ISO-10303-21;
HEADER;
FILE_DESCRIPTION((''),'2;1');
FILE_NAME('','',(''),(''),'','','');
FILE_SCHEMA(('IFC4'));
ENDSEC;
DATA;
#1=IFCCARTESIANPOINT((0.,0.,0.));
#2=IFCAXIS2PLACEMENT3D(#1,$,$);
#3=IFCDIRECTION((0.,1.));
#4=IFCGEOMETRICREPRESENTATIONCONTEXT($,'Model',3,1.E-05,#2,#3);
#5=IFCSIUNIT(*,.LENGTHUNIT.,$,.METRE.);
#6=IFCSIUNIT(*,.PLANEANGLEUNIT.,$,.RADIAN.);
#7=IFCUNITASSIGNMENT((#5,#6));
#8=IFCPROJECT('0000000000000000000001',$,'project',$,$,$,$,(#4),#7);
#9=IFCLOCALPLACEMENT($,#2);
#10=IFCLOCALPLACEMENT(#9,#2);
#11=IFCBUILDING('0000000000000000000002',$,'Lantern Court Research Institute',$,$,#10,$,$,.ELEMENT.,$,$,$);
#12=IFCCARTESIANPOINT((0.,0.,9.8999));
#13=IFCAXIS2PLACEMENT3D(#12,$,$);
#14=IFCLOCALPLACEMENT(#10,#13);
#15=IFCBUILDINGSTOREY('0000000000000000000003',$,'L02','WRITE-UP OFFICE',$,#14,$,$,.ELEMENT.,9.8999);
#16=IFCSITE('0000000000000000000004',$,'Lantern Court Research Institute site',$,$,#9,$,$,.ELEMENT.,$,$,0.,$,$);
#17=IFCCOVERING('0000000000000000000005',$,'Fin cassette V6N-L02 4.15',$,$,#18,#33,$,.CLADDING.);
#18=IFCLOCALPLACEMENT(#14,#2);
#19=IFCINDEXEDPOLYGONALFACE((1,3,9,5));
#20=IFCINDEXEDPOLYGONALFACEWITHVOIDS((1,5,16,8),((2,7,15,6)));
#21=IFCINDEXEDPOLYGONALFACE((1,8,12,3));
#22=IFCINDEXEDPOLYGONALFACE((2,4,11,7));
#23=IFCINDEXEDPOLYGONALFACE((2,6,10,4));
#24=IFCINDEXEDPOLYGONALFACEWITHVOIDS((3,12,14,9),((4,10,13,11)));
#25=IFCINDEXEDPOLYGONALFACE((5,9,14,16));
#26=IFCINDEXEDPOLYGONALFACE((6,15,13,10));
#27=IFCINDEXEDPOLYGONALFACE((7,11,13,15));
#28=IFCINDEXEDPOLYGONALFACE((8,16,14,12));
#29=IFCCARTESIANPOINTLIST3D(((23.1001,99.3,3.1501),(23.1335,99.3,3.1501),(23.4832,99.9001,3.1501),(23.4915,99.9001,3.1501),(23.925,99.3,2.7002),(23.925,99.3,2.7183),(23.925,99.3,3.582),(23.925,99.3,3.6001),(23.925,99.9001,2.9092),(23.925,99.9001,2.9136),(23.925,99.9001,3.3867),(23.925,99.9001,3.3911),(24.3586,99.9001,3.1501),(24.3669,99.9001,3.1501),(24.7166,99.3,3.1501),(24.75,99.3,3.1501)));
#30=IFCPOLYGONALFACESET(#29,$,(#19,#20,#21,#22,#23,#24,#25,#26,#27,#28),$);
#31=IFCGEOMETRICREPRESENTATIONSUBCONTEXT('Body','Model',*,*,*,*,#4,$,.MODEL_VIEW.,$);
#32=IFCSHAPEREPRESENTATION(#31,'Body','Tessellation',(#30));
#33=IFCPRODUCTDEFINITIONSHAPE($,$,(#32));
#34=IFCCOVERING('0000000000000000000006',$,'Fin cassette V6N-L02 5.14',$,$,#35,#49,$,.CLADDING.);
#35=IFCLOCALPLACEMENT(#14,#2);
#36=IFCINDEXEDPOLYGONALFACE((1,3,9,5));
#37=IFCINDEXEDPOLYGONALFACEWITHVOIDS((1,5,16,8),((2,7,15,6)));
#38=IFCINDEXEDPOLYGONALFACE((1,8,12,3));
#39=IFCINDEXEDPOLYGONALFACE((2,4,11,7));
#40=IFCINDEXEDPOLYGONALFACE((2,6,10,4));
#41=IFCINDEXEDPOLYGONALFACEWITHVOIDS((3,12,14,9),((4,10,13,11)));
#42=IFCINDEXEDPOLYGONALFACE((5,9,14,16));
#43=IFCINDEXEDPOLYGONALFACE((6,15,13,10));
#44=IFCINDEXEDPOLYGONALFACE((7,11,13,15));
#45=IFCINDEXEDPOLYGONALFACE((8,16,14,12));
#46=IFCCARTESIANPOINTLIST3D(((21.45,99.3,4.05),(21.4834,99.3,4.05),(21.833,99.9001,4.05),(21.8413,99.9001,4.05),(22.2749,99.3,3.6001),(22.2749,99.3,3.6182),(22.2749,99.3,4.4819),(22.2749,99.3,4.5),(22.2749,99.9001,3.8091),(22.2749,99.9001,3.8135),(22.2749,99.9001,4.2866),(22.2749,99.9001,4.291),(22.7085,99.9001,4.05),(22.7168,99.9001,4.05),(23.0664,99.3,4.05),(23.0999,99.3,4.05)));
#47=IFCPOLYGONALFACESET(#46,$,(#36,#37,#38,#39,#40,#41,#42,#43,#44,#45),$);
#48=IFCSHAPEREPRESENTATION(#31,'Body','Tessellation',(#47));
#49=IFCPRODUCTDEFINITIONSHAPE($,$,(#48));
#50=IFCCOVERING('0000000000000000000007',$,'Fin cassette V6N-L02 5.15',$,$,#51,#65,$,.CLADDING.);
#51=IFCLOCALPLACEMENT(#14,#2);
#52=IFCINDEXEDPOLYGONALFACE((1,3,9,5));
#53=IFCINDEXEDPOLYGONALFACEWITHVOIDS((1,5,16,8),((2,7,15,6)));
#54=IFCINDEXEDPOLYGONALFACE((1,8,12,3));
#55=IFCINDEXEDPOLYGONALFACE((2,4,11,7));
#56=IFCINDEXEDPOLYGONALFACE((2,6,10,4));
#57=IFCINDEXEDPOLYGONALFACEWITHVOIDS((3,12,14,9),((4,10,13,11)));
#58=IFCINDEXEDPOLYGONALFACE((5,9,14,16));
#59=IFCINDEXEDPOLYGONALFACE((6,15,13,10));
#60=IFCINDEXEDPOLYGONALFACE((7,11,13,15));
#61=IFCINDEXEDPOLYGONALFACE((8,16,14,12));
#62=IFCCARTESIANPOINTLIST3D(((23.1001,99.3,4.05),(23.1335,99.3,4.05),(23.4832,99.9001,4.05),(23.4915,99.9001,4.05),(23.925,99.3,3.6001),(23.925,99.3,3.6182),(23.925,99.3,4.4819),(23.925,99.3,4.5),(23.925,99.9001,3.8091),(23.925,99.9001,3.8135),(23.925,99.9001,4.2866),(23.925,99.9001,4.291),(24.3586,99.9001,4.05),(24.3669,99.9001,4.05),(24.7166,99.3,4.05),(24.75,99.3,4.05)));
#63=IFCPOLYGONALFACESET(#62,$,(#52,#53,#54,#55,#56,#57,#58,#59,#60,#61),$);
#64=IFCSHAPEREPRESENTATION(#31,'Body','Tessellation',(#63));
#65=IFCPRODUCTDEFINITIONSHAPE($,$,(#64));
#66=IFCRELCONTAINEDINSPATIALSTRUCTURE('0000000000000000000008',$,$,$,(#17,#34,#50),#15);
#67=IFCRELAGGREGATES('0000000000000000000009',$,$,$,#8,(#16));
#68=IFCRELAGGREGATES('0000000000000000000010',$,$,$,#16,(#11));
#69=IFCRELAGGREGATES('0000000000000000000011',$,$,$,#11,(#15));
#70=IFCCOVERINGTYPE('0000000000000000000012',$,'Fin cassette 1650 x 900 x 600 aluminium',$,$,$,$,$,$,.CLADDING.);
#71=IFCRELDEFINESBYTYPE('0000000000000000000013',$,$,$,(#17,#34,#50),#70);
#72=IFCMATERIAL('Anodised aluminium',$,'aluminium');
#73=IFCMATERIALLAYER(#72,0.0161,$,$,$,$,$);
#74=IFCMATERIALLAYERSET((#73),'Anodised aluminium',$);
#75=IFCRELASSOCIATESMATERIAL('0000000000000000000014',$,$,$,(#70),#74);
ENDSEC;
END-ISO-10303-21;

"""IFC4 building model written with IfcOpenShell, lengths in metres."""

from ifc_helpers import new_model, entity, si_unit, direction, frame, origin, place, context, subcontext, project, spatial, material, layer, layer_set, type_object, element, save


model = new_model("IFC4")

# Units and contexts
model_context = context("Model", 3, precision=1e-05, world=origin(), true_north=direction((0.0, 1.0)))
body_context = subcontext(model_context, "Body", "Model", "MODEL_VIEW")
ifc_project = project(units=[si_unit("LENGTHUNIT", "METRE"), si_unit("PLANEANGLEUNIT", "RADIAN")], contexts=[model_context])

# Site, building, storey
site_placement = place(None, origin())
site = spatial("IfcSite", under=ifc_project, at=site_placement, Name="Lantern Court Research Institute site", CompositionType="ELEMENT", RefElevation=0.0)
building_placement = place(site_placement, origin())
building = spatial("IfcBuilding", under=site, at=building_placement, Name="Lantern Court Research Institute", CompositionType="ELEMENT")
storey_placement = place(building_placement, frame((0.0, 0.0, 9.8999)))
storey = spatial("IfcBuildingStorey", under=building, at=storey_placement, Name="L02", Description="WRITE-UP OFFICE", CompositionType="ELEMENT", Elevation=9.8999)

# Coverings
ifc_material_1 = material(Name="Anodised aluminium", Category="aluminium")
ifc_layer_1 = layer(ifc_material_1, 0.0161)
ifc_layer_set_1 = layer_set([ifc_layer_1], Name="Anodised aluminium")
covering_type_1 = type_object("IfcCoveringType", Name="Fin cassette 1650 x 900 x 600 aluminium", PredefinedType="CLADDING", material=ifc_layer_set_1)
covering_1_placement = place(storey_placement, frame((23.925, 99.3, 3.1501), z_axis=(0.0, 1.0, 0.0), x_axis=(-1.0, 0.0, 0.0)))
cartesian_point_1 = entity("IfcCartesianPoint", [0.825, 0.0])
cartesian_point_2 = entity("IfcCartesianPoint", [0.7915, 0.0])
cartesian_point_3 = entity("IfcCartesianPoint", [0.4419, 0.0])
cartesian_point_4 = entity("IfcCartesianPoint", [0.4336, 0.0])
element("IfcCovering", 1, at=covering_1_placement, inside=storey, type_object=covering_type_1, Name="Fin cassette V6N-L02 4.15", PredefinedType="CLADDING", context=body_context, shape_type="SweptSolid", body=[
    entity("IfcExtrudedAreaSolidTapered", entity("IfcArbitraryProfileDefWithVoids", "AREA", None, entity("IfcPolyline", [cartesian_point_1, entity("IfcCartesianPoint", [0.0, 0.45]), entity("IfcCartesianPoint", [-0.825, 0.0]), entity("IfcCartesianPoint", [0.0, -0.45]), cartesian_point_1]), [entity("IfcPolyline", [cartesian_point_2, entity("IfcCartesianPoint", [0.0, 0.4319]), entity("IfcCartesianPoint", [-0.7915, 0.0]), entity("IfcCartesianPoint", [0.0, -0.4319]), cartesian_point_2])]), entity("IfcAxis2Placement3D", entity("IfcCartesianPoint", [0.0, 0.0, 0.0])), entity("IfcDirection", [0.0, 0.0, 1.0]), 0.6001, entity("IfcArbitraryProfileDefWithVoids", "AREA", None, entity("IfcPolyline", [cartesian_point_3, entity("IfcCartesianPoint", [0.0, 0.241]), entity("IfcCartesianPoint", [-0.4419, 0.0]), entity("IfcCartesianPoint", [0.0, -0.241]), cartesian_point_3]), [entity("IfcPolyline", [cartesian_point_4, entity("IfcCartesianPoint", [0.0, 0.2366]), entity("IfcCartesianPoint", [-0.4336, 0.0]), entity("IfcCartesianPoint", [0.0, -0.2366]), cartesian_point_4])])),
])
covering_2_placement = place(storey_placement, frame((22.2749, 99.3, 4.05), z_axis=(0.0, 1.0, 0.0), x_axis=(-1.0, 0.0, 0.0)))
cartesian_point_5 = entity("IfcCartesianPoint", [0.825, 0.0])
cartesian_point_6 = entity("IfcCartesianPoint", [0.7915, 0.0])
cartesian_point_7 = entity("IfcCartesianPoint", [0.4419, 0.0])
cartesian_point_8 = entity("IfcCartesianPoint", [0.4336, 0.0])
element("IfcCovering", 2, at=covering_2_placement, inside=storey, type_object=covering_type_1, Name="Fin cassette V6N-L02 5.14", PredefinedType="CLADDING", context=body_context, shape_type="SweptSolid", body=[
    entity("IfcExtrudedAreaSolidTapered", entity("IfcArbitraryProfileDefWithVoids", "AREA", None, entity("IfcPolyline", [cartesian_point_5, entity("IfcCartesianPoint", [0.0, 0.45]), entity("IfcCartesianPoint", [-0.825, 0.0]), entity("IfcCartesianPoint", [0.0, -0.45]), cartesian_point_5]), [entity("IfcPolyline", [cartesian_point_6, entity("IfcCartesianPoint", [0.0, 0.4319]), entity("IfcCartesianPoint", [-0.7915, 0.0]), entity("IfcCartesianPoint", [0.0, -0.4319]), cartesian_point_6])]), entity("IfcAxis2Placement3D", entity("IfcCartesianPoint", [0.0, 0.0, 0.0])), entity("IfcDirection", [0.0, 0.0, 1.0]), 0.6001, entity("IfcArbitraryProfileDefWithVoids", "AREA", None, entity("IfcPolyline", [cartesian_point_7, entity("IfcCartesianPoint", [0.0, 0.241]), entity("IfcCartesianPoint", [-0.4419, 0.0]), entity("IfcCartesianPoint", [0.0, -0.241]), cartesian_point_7]), [entity("IfcPolyline", [cartesian_point_8, entity("IfcCartesianPoint", [0.0, 0.2366]), entity("IfcCartesianPoint", [-0.4336, 0.0]), entity("IfcCartesianPoint", [0.0, -0.2366]), cartesian_point_8])])),
])
covering_3_placement = place(storey_placement, frame((23.925, 99.3, 4.05), z_axis=(0.0, 1.0, 0.0), x_axis=(-1.0, 0.0, 0.0)))
cartesian_point_9 = entity("IfcCartesianPoint", [0.825, 0.0])
cartesian_point_10 = entity("IfcCartesianPoint", [0.7915, 0.0])
cartesian_point_11 = entity("IfcCartesianPoint", [0.4419, 0.0])
cartesian_point_12 = entity("IfcCartesianPoint", [0.4336, 0.0])
element("IfcCovering", 3, at=covering_3_placement, inside=storey, type_object=covering_type_1, Name="Fin cassette V6N-L02 5.15", PredefinedType="CLADDING", context=body_context, shape_type="SweptSolid", body=[
    entity("IfcExtrudedAreaSolidTapered", entity("IfcArbitraryProfileDefWithVoids", "AREA", None, entity("IfcPolyline", [cartesian_point_9, entity("IfcCartesianPoint", [0.0, 0.45]), entity("IfcCartesianPoint", [-0.825, 0.0]), entity("IfcCartesianPoint", [0.0, -0.45]), cartesian_point_9]), [entity("IfcPolyline", [cartesian_point_10, entity("IfcCartesianPoint", [0.0, 0.4319]), entity("IfcCartesianPoint", [-0.7915, 0.0]), entity("IfcCartesianPoint", [0.0, -0.4319]), cartesian_point_10])]), entity("IfcAxis2Placement3D", entity("IfcCartesianPoint", [0.0, 0.0, 0.0])), entity("IfcDirection", [0.0, 0.0, 1.0]), 0.6001, entity("IfcArbitraryProfileDefWithVoids", "AREA", None, entity("IfcPolyline", [cartesian_point_11, entity("IfcCartesianPoint", [0.0, 0.241]), entity("IfcCartesianPoint", [-0.4419, 0.0]), entity("IfcCartesianPoint", [0.0, -0.241]), cartesian_point_11]), [entity("IfcPolyline", [cartesian_point_12, entity("IfcCartesianPoint", [0.0, 0.2366]), entity("IfcCartesianPoint", [-0.4336, 0.0]), entity("IfcCartesianPoint", [0.0, -0.2366]), cartesian_point_12])])),
])

save(model, "model.ifc")
